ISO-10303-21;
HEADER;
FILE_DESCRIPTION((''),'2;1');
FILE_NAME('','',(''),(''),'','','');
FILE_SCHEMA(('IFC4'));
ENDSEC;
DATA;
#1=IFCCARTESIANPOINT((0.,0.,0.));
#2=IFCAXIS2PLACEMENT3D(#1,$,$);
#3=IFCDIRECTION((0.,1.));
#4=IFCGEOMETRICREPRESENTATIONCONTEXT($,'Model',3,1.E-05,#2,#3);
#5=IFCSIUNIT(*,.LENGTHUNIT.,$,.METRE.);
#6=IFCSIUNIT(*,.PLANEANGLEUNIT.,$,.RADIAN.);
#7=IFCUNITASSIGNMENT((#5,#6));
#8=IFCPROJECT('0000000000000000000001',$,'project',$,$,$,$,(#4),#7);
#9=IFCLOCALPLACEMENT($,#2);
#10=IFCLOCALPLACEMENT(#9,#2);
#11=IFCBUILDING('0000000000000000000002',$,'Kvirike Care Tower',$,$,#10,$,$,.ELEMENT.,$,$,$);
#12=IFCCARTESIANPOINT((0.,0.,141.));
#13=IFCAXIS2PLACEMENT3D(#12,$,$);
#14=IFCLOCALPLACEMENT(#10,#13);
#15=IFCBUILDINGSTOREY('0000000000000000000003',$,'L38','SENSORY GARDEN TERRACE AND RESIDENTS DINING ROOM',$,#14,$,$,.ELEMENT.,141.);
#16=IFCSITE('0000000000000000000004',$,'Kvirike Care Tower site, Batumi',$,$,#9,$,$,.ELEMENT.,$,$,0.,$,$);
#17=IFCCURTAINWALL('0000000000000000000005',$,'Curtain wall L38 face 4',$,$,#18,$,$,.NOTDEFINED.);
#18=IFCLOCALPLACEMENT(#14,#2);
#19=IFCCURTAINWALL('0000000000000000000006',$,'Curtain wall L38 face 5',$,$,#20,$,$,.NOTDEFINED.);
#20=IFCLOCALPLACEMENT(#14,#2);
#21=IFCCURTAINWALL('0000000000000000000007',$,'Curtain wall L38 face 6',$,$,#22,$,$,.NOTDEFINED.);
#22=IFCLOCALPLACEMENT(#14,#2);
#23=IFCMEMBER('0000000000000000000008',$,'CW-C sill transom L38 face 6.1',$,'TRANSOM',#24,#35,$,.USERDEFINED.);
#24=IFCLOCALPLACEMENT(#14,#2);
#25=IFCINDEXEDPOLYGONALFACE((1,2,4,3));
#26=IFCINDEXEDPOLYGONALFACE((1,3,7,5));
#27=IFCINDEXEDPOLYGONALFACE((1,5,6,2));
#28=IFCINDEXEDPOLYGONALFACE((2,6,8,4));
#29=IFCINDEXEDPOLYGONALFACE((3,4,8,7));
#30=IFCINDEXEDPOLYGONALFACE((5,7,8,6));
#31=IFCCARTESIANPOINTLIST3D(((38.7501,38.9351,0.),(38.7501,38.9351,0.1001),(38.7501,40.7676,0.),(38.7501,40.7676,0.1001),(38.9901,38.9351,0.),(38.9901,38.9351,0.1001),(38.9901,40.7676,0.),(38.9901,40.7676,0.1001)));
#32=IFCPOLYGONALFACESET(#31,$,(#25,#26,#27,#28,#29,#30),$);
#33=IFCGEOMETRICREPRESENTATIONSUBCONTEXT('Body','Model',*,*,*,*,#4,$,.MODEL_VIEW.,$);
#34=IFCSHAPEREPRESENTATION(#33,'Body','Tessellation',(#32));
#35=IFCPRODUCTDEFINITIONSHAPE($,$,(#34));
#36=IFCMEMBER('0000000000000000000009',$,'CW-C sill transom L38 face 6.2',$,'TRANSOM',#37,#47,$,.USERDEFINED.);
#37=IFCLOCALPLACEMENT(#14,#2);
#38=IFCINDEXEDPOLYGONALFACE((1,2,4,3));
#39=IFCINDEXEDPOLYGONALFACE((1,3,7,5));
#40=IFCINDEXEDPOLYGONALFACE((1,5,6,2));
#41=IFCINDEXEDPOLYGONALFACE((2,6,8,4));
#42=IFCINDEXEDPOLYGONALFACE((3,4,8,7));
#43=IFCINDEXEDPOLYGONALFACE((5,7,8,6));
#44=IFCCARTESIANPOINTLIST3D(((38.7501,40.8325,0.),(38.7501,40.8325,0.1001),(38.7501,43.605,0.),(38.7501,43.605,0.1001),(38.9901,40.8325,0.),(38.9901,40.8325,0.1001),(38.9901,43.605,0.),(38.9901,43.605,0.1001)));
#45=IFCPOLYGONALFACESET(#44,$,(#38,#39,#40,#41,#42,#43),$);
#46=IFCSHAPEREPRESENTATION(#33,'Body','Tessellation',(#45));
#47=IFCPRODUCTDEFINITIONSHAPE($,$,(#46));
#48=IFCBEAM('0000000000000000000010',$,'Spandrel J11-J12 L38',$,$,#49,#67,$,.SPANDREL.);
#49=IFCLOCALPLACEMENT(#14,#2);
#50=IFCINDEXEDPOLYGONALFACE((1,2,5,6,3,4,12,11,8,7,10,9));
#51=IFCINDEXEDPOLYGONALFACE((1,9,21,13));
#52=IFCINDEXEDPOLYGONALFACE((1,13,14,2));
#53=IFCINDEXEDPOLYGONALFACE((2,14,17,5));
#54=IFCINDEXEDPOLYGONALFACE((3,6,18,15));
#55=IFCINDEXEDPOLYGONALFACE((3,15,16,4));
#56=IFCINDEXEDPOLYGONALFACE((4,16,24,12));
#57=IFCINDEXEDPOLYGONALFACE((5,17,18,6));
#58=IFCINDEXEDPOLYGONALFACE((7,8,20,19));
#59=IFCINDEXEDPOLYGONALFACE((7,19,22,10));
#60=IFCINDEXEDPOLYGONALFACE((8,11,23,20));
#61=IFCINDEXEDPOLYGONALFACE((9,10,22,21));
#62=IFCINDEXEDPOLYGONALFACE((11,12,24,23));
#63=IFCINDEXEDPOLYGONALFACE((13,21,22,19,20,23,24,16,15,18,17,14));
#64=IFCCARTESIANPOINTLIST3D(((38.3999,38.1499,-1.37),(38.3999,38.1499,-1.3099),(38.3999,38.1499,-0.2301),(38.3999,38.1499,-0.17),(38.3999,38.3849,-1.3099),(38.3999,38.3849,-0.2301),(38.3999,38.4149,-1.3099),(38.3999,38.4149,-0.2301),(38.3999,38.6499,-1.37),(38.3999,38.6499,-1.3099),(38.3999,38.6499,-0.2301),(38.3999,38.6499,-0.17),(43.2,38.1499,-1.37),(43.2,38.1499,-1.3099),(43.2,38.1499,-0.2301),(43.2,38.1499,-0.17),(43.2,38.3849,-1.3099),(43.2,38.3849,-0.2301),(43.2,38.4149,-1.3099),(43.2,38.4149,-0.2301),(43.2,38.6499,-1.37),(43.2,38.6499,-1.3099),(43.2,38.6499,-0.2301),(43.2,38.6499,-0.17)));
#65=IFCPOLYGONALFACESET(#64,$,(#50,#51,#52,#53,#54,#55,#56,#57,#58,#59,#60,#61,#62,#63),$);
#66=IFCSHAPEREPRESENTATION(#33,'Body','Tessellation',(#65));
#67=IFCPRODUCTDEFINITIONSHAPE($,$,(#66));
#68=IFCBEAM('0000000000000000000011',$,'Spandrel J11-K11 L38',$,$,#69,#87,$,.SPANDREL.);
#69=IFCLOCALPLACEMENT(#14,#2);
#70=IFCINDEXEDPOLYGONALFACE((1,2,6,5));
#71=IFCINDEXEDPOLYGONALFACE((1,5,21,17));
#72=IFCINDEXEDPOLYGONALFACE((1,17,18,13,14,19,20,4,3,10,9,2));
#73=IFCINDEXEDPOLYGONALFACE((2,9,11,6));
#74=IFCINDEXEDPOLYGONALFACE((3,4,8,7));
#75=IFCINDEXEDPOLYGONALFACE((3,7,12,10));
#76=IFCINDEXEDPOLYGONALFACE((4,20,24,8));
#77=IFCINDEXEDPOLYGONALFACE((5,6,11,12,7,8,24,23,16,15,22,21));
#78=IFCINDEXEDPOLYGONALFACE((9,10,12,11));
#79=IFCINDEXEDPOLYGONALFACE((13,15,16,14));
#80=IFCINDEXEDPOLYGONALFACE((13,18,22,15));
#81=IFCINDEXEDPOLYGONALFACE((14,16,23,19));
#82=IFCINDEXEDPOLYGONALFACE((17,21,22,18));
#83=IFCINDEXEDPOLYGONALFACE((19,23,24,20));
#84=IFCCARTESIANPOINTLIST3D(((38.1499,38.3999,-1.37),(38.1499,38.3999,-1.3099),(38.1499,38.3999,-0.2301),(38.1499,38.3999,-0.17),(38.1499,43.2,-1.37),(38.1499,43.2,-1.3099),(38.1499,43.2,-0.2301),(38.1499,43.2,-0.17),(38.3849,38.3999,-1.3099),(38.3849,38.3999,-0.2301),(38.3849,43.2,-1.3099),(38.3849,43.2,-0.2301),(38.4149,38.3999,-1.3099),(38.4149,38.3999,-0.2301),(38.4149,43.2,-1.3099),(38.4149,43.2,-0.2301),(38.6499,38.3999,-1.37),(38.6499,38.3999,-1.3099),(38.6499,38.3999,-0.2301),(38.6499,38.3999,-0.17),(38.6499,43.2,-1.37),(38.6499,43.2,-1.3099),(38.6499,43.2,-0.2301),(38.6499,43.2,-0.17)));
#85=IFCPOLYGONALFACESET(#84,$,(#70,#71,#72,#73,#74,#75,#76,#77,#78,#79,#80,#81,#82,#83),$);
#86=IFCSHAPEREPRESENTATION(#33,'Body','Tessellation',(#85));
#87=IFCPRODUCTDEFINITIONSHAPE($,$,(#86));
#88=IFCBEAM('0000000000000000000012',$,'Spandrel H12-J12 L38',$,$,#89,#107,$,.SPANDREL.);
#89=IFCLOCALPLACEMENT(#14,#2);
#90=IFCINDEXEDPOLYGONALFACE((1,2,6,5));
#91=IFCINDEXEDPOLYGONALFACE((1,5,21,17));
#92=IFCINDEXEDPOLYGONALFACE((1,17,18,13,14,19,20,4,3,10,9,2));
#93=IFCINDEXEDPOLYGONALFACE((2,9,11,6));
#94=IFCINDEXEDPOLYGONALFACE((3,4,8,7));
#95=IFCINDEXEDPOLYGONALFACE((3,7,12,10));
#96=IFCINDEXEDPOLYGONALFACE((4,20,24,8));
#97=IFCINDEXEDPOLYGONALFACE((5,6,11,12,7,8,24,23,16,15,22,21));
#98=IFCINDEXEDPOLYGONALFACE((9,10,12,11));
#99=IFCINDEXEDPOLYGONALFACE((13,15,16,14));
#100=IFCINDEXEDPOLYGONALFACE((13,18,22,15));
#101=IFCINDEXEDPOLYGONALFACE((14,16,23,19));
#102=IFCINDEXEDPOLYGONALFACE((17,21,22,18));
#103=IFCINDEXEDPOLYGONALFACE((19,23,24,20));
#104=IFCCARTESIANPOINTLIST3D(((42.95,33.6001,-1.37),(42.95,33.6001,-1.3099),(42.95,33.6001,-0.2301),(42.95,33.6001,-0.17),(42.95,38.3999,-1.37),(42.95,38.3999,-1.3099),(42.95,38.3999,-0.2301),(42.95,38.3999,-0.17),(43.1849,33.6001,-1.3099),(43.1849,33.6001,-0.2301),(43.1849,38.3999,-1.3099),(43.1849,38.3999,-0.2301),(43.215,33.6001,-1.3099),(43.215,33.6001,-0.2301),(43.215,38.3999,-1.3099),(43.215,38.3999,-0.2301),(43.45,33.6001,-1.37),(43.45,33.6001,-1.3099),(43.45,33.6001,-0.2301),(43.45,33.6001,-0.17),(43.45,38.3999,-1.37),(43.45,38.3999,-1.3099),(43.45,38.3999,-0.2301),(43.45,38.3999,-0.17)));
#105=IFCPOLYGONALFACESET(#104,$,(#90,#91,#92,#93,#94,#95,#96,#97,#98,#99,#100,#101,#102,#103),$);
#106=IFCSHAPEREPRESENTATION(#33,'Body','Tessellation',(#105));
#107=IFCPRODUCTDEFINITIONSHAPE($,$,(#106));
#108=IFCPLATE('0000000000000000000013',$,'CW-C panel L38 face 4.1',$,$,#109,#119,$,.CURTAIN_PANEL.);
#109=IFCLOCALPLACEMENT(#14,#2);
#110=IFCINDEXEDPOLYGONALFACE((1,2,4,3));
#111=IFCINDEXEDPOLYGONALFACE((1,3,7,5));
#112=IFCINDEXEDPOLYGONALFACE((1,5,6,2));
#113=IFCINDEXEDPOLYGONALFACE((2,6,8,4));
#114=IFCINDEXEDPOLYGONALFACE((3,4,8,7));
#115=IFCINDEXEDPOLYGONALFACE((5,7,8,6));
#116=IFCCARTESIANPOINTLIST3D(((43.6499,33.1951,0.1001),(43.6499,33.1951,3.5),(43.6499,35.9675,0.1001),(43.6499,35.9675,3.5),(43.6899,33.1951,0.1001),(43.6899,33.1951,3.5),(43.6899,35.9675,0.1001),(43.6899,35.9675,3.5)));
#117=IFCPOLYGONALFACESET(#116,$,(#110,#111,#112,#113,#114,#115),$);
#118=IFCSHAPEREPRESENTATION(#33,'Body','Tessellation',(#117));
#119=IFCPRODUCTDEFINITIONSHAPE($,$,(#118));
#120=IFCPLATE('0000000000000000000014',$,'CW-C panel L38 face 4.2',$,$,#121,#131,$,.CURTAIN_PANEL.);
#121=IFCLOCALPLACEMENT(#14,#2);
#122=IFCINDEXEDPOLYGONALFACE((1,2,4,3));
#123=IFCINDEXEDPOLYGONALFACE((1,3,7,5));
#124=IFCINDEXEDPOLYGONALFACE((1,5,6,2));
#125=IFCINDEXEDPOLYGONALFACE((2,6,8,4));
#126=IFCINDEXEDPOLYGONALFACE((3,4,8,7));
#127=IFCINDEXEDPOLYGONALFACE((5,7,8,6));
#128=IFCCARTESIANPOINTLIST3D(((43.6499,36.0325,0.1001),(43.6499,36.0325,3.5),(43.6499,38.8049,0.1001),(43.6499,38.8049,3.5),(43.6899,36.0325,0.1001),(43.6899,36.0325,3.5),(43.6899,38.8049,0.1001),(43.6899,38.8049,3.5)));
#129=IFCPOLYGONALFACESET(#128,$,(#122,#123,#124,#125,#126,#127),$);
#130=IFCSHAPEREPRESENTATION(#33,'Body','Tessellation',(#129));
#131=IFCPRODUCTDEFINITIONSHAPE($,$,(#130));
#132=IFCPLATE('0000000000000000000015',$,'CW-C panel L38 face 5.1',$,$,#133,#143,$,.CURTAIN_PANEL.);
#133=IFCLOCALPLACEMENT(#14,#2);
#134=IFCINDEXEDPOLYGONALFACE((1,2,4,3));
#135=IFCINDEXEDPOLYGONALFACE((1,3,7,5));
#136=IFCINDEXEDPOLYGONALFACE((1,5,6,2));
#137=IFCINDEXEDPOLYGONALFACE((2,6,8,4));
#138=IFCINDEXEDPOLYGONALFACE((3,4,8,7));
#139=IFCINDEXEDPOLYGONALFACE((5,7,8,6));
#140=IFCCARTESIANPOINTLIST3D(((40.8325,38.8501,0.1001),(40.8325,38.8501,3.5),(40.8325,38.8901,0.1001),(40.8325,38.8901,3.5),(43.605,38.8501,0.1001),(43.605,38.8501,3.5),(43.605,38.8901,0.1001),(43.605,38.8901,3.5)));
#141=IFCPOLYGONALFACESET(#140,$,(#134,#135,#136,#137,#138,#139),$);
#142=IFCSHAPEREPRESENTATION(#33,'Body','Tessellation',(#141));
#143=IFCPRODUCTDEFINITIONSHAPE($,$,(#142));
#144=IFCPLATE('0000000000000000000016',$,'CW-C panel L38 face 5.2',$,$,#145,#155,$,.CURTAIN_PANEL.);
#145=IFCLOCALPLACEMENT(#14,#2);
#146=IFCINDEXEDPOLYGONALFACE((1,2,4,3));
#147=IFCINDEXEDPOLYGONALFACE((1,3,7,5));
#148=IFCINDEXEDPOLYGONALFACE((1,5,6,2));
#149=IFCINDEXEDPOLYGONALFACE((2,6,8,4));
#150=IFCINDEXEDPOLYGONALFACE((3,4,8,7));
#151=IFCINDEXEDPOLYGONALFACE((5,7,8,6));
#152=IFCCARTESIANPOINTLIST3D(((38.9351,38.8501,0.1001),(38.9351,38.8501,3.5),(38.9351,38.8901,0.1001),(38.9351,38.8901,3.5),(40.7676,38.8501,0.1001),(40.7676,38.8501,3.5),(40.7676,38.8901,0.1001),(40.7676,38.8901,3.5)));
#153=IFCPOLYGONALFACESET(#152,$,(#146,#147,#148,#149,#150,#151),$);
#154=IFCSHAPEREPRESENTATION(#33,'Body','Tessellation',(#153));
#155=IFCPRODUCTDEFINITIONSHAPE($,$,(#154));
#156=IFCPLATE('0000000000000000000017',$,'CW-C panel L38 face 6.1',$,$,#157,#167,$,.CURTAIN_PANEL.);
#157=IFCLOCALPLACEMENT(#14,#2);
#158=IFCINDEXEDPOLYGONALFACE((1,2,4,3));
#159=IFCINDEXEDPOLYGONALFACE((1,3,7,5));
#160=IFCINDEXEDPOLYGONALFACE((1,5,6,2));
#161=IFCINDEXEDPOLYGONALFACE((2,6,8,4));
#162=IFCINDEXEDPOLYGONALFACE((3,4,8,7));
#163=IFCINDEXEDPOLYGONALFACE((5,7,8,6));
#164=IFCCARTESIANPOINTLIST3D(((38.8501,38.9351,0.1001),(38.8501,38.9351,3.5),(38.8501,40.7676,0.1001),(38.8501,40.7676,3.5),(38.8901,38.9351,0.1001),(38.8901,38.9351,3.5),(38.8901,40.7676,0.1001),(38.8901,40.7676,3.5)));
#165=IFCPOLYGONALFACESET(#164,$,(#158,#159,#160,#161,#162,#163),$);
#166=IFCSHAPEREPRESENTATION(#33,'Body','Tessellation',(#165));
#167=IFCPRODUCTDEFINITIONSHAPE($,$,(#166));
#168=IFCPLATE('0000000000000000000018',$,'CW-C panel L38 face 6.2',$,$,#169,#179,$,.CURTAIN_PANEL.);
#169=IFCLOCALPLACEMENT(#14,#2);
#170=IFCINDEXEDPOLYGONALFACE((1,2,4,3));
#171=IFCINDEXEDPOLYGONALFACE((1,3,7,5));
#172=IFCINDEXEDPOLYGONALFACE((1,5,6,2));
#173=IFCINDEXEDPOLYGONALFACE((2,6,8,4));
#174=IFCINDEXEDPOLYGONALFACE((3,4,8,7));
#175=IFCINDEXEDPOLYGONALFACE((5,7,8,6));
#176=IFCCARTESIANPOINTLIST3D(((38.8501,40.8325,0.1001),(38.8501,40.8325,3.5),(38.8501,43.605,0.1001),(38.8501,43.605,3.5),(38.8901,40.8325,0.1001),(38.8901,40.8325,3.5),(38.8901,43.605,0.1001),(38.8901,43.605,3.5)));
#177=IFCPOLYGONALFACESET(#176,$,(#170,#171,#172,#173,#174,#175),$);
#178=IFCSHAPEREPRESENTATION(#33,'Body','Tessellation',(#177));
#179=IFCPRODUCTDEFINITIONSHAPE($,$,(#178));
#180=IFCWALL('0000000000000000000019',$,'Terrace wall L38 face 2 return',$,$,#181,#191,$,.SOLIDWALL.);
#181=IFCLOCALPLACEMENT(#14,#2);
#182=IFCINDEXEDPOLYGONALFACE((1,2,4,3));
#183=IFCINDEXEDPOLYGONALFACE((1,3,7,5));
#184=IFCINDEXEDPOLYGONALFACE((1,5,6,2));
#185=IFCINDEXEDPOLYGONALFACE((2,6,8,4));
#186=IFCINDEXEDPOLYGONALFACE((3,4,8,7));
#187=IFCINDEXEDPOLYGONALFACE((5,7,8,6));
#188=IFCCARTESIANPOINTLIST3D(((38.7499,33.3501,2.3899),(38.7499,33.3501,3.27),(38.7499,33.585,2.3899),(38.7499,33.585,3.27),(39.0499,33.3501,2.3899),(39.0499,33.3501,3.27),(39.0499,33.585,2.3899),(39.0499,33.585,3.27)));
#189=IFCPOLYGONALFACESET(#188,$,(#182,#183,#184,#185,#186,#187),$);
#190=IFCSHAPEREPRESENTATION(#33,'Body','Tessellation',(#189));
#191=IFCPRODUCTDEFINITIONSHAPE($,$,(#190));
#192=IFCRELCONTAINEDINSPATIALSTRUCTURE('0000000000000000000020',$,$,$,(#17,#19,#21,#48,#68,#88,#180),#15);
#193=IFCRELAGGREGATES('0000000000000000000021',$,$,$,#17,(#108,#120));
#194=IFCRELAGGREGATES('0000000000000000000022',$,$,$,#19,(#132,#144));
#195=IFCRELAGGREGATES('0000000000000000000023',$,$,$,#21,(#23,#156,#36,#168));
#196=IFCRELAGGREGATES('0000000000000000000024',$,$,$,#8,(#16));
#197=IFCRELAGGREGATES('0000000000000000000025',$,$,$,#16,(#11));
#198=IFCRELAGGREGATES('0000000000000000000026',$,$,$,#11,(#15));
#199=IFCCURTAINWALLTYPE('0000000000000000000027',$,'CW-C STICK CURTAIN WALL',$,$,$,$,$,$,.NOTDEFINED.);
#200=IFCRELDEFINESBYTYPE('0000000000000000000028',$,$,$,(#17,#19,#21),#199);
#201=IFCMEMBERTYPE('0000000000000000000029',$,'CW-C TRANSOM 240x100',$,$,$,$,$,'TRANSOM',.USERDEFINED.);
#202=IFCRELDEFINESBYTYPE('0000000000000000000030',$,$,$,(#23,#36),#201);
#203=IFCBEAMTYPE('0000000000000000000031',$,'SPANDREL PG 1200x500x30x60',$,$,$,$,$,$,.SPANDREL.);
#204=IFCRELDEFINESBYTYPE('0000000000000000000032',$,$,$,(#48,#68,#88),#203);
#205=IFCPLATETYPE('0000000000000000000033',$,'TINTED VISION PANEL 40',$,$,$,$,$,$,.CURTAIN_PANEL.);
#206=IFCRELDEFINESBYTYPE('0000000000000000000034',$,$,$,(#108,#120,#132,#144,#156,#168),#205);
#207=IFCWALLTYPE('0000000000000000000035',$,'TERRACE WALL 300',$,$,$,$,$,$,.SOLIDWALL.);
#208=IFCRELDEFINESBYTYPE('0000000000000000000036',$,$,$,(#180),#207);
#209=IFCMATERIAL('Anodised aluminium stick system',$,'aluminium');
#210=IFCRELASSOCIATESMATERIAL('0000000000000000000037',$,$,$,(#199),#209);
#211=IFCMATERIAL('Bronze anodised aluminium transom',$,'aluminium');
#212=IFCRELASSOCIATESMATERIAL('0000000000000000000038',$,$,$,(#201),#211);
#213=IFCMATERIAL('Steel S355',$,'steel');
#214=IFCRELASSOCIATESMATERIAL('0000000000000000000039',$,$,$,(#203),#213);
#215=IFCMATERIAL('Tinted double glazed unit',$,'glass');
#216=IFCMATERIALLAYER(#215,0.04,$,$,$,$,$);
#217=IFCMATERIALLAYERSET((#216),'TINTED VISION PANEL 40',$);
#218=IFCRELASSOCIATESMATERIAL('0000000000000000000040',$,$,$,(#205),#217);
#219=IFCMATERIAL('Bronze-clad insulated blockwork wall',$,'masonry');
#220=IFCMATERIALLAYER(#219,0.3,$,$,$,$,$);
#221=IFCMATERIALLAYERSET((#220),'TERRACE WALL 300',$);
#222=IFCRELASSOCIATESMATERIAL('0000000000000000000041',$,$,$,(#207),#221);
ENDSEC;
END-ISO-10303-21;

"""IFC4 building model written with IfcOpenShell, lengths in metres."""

from ifc_helpers import new_model, si_unit, direction, frame, frame_2d, origin, origin_2d, place, context, subcontext, project, spatial, rectangle, i_section, extrude, material, layer, layer_set, material_profile, profile_set, type_object, element, aggregate, save


model = new_model("IFC4")

# Units and contexts
model_context = context("Model", 3, precision=1e-05, world=origin(), true_north=direction((0.0, 1.0)))
body_context = subcontext(model_context, "Body", "Model", "MODEL_VIEW")
ifc_project = project(units=[si_unit("LENGTHUNIT", "METRE"), si_unit("PLANEANGLEUNIT", "RADIAN")], contexts=[model_context])

# Site, building, storey
site_placement = place(None, origin())
site = spatial("IfcSite", under=ifc_project, at=site_placement, Name="Kvirike Care Tower site, Batumi", CompositionType="ELEMENT", RefElevation=0.0)
building_placement = place(site_placement, origin())
building = spatial("IfcBuilding", under=site, at=building_placement, Name="Kvirike Care Tower", CompositionType="ELEMENT")
storey_placement = place(building_placement, frame((0.0, 0.0, 141.0)))
storey = spatial("IfcBuildingStorey", under=building, at=storey_placement, Name="L38", Description="SENSORY GARDEN TERRACE AND RESIDENTS DINING ROOM", CompositionType="ELEMENT", Elevation=141.0)

# Curtain walls
ifc_material_1 = material(Name="Anodised aluminium stick system", Category="aluminium")
curtain_wall_type = type_object("IfcCurtainWallType", Name="CW-C STICK CURTAIN WALL", PredefinedType="NOTDEFINED", material=ifc_material_1)
curtain_wall_1_placement = place(storey_placement, origin())
curtain_wall_1 = element("IfcCurtainWall", 1, at=curtain_wall_1_placement, inside=storey, type_object=curtain_wall_type, Name="Curtain wall L38 face 4", PredefinedType="NOTDEFINED")
curtain_wall_2_placement = place(storey_placement, origin())
curtain_wall_2 = element("IfcCurtainWall", 2, at=curtain_wall_2_placement, inside=storey, type_object=curtain_wall_type, Name="Curtain wall L38 face 5", PredefinedType="NOTDEFINED")
curtain_wall_3_placement = place(storey_placement, origin())
curtain_wall_3 = element("IfcCurtainWall", 3, at=curtain_wall_3_placement, inside=storey, type_object=curtain_wall_type, Name="Curtain wall L38 face 6", PredefinedType="NOTDEFINED")

# Members
ifc_material_2 = material(Name="Bronze anodised aluminium transom", Category="aluminium")
ifc_material_profile_1 = material_profile(ifc_material_2, rectangle(XDim=0.24, YDim=0.1001, at=origin_2d()), Name="CW-C TRANSOM 240x100")
ifc_profile_set_1 = profile_set([ifc_material_profile_1], Name="Bronze anodised aluminium transom")
member_type_1 = type_object("IfcMemberType", Name="CW-C TRANSOM 240x100", ElementType="TRANSOM", PredefinedType="USERDEFINED", material=ifc_profile_set_1)
member_1_placement = place(storey_placement, frame((38.8701, 38.9351, 0.05), z_axis=(0.0, 1.0, 0.0), x_axis=(-1.0, 0.0, 0.0)))
member_1 = element("IfcMember", 4, at=member_1_placement, type_object=member_type_1, Name="CW-C sill transom L38 face 6.1", ObjectType="TRANSOM", PredefinedType="USERDEFINED", context=body_context, shape_type="SweptSolid", body=[
    extrude(rectangle(XDim=0.24, YDim=0.1001, at=origin_2d()), origin(), (0.0, 0.0, 1.0), 1.8325),
])
member_2_placement = place(storey_placement, frame((38.8701, 40.8325, 0.05), z_axis=(0.0, 1.0, 0.0), x_axis=(-1.0, 0.0, 0.0)))
member_2 = element("IfcMember", 5, at=member_2_placement, type_object=member_type_1, Name="CW-C sill transom L38 face 6.2", ObjectType="TRANSOM", PredefinedType="USERDEFINED", context=body_context, shape_type="SweptSolid", body=[
    extrude(rectangle(XDim=0.24, YDim=0.1001, at=origin_2d()), origin(), (0.0, 0.0, 1.0), 2.7725),
])

# Beams
ifc_material_3 = material(Name="Steel S355", Category="steel")
ifc_material_profile_2 = material_profile(ifc_material_3, i_section(OverallWidth=0.5, OverallDepth=1.2, WebThickness=0.03, FlangeThickness=0.0601, at=origin_2d()), Name="PG 1200x500x30x60")
ifc_profile_set_2 = profile_set([ifc_material_profile_2], Name="Steel S355")
beam_type = type_object("IfcBeamType", Name="SPANDREL PG 1200x500x30x60", PredefinedType="SPANDREL", material=ifc_profile_set_2)
for number, where, z_axis, x_axis, name in (
    (6, (38.3999, 38.3999, -0.77), (1.0, 0.0, 0.0), (0.0, 1.0, 0.0), "Spandrel J11-J12 L38"),
    (7, (38.3999, 38.3999, -0.77), (0.0, 1.0, 0.0), (-1.0, 0.0, 0.0), "Spandrel J11-K11 L38"),
):
    element("IfcBeam", number, at=place(storey_placement, frame(where, z_axis=z_axis, x_axis=x_axis)), inside=storey, type_object=beam_type, Name=name, PredefinedType="SPANDREL", context=body_context, shape_type="SweptSolid", body=[
        extrude(i_section(OverallWidth=0.5, OverallDepth=1.2, WebThickness=0.03, FlangeThickness=0.0601, at=origin_2d()), origin(), (0.0, 0.0, 1.0), 4.8),
    ])
beam_placement = place(storey_placement, frame((43.2, 33.6001, -0.77), z_axis=(0.0, 1.0, 0.0), x_axis=(-1.0, 0.0, 0.0)))
element("IfcBeam", 8, at=beam_placement, inside=storey, type_object=beam_type, Name="Spandrel H12-J12 L38", PredefinedType="SPANDREL", context=body_context, shape_type="SweptSolid", body=[
    extrude(i_section(OverallWidth=0.5, OverallDepth=1.2, WebThickness=0.03, FlangeThickness=0.0601, at=origin_2d()), origin(), (0.0, 0.0, 1.0), 4.7998),
])

# Plates
ifc_material_4 = material(Name="Tinted double glazed unit", Category="glass")
ifc_layer_1 = layer(ifc_material_4, 0.04)
ifc_layer_set_1 = layer_set([ifc_layer_1], Name="TINTED VISION PANEL 40")
plate_type = type_object("IfcPlateType", Name="TINTED VISION PANEL 40", PredefinedType="CURTAIN_PANEL", material=ifc_layer_set_1)
plate_1_placement = place(storey_placement, frame((43.6699, 34.5813, 0.1001), z_axis=(0.0, 0.0, 1.0), x_axis=(0.0, 1.0, 0.0)))
plate_1 = element("IfcPlate", 9, at=plate_1_placement, type_object=plate_type, Name="CW-C panel L38 face 4.1", PredefinedType="CURTAIN_PANEL", context=body_context, shape_type="SweptSolid", body=[
    extrude(rectangle(XDim=2.7725, YDim=0.04, at=origin_2d()), origin(), (0.0, 0.0, 1.0), 3.3999),
])
plate_2_placement = place(storey_placement, frame((43.6699, 37.4187, 0.1001), z_axis=(0.0, 0.0, 1.0), x_axis=(0.0, 1.0, 0.0)))
plate_2 = element("IfcPlate", 10, at=plate_2_placement, type_object=plate_type, Name="CW-C panel L38 face 4.2", PredefinedType="CURTAIN_PANEL", context=body_context, shape_type="SweptSolid", body=[
    extrude(rectangle(XDim=2.7725, YDim=0.04, at=origin_2d()), origin(), (0.0, 0.0, 1.0), 3.3999),
])
aggregate(curtain_wall_1, [plate_1, plate_2])
plate_3_placement = place(storey_placement, frame((42.2188, 38.8701, 0.1001), z_axis=(0.0, 0.0, 1.0), x_axis=(-1.0, 0.0, 0.0)))
plate_3 = element("IfcPlate", 11, at=plate_3_placement, type_object=plate_type, Name="CW-C panel L38 face 5.1", PredefinedType="CURTAIN_PANEL", context=body_context, shape_type="SweptSolid", body=[
    extrude(rectangle(XDim=2.7725, YDim=0.04, at=origin_2d()), origin(), (0.0, 0.0, 1.0), 3.3999),
])
plate_4_placement = place(storey_placement, frame((39.8513, 38.8701, 0.1001), z_axis=(0.0, 0.0, 1.0), x_axis=(-1.0, 0.0, 0.0)))
plate_4 = element("IfcPlate", 12, at=plate_4_placement, type_object=plate_type, Name="CW-C panel L38 face 5.2", PredefinedType="CURTAIN_PANEL", context=body_context, shape_type="SweptSolid", body=[
    extrude(rectangle(XDim=1.8325, YDim=0.04, at=origin_2d()), origin(), (0.0, 0.0, 1.0), 3.3999),
])
aggregate(curtain_wall_2, [plate_3, plate_4])
plate_5_placement = place(storey_placement, frame((38.8701, 39.8513, 0.1001), z_axis=(0.0, 0.0, 1.0), x_axis=(0.0, 1.0, 0.0)))
plate_5 = element("IfcPlate", 13, at=plate_5_placement, type_object=plate_type, Name="CW-C panel L38 face 6.1", PredefinedType="CURTAIN_PANEL", context=body_context, shape_type="SweptSolid", body=[
    extrude(rectangle(XDim=1.8325, YDim=0.04, at=origin_2d()), origin(), (0.0, 0.0, 1.0), 3.3999),
])
plate_6_placement = place(storey_placement, frame((38.8701, 42.2188, 0.1001), z_axis=(0.0, 0.0, 1.0), x_axis=(0.0, 1.0, 0.0)))
plate_6 = element("IfcPlate", 14, at=plate_6_placement, type_object=plate_type, Name="CW-C panel L38 face 6.2", PredefinedType="CURTAIN_PANEL", context=body_context, shape_type="SweptSolid", body=[
    extrude(rectangle(XDim=2.7725, YDim=0.04, at=origin_2d()), origin(), (0.0, 0.0, 1.0), 3.3999),
])
aggregate(curtain_wall_3, [member_1, plate_5, member_2, plate_6])

# Wall
ifc_material_5 = material(Name="Bronze-clad insulated blockwork wall", Category="masonry")
ifc_layer_2 = layer(ifc_material_5, 0.3)
ifc_layer_set_2 = layer_set([ifc_layer_2], Name="TERRACE WALL 300")
wall_type = type_object("IfcWallType", Name="TERRACE WALL 300", PredefinedType="SOLIDWALL", material=ifc_layer_set_2)
wall_placement = place(storey_placement, frame((38.8999, 33.3501, 2.3899), z_axis=(0.0, 0.0, 1.0), x_axis=(0.0, 1.0, 0.0)))
element("IfcWall", 15, at=wall_placement, inside=storey, type_object=wall_type, Name="Terrace wall L38 face 2 return", PredefinedType="SOLIDWALL", context=body_context, shape_type="SweptSolid", body=[
    extrude(rectangle(XDim=0.2349, YDim=0.3, at=frame_2d((0.1174, 0.0))), origin(), (0.0, 0.0, 1.0), 0.8801),
])

save(model, "model.ifc")
